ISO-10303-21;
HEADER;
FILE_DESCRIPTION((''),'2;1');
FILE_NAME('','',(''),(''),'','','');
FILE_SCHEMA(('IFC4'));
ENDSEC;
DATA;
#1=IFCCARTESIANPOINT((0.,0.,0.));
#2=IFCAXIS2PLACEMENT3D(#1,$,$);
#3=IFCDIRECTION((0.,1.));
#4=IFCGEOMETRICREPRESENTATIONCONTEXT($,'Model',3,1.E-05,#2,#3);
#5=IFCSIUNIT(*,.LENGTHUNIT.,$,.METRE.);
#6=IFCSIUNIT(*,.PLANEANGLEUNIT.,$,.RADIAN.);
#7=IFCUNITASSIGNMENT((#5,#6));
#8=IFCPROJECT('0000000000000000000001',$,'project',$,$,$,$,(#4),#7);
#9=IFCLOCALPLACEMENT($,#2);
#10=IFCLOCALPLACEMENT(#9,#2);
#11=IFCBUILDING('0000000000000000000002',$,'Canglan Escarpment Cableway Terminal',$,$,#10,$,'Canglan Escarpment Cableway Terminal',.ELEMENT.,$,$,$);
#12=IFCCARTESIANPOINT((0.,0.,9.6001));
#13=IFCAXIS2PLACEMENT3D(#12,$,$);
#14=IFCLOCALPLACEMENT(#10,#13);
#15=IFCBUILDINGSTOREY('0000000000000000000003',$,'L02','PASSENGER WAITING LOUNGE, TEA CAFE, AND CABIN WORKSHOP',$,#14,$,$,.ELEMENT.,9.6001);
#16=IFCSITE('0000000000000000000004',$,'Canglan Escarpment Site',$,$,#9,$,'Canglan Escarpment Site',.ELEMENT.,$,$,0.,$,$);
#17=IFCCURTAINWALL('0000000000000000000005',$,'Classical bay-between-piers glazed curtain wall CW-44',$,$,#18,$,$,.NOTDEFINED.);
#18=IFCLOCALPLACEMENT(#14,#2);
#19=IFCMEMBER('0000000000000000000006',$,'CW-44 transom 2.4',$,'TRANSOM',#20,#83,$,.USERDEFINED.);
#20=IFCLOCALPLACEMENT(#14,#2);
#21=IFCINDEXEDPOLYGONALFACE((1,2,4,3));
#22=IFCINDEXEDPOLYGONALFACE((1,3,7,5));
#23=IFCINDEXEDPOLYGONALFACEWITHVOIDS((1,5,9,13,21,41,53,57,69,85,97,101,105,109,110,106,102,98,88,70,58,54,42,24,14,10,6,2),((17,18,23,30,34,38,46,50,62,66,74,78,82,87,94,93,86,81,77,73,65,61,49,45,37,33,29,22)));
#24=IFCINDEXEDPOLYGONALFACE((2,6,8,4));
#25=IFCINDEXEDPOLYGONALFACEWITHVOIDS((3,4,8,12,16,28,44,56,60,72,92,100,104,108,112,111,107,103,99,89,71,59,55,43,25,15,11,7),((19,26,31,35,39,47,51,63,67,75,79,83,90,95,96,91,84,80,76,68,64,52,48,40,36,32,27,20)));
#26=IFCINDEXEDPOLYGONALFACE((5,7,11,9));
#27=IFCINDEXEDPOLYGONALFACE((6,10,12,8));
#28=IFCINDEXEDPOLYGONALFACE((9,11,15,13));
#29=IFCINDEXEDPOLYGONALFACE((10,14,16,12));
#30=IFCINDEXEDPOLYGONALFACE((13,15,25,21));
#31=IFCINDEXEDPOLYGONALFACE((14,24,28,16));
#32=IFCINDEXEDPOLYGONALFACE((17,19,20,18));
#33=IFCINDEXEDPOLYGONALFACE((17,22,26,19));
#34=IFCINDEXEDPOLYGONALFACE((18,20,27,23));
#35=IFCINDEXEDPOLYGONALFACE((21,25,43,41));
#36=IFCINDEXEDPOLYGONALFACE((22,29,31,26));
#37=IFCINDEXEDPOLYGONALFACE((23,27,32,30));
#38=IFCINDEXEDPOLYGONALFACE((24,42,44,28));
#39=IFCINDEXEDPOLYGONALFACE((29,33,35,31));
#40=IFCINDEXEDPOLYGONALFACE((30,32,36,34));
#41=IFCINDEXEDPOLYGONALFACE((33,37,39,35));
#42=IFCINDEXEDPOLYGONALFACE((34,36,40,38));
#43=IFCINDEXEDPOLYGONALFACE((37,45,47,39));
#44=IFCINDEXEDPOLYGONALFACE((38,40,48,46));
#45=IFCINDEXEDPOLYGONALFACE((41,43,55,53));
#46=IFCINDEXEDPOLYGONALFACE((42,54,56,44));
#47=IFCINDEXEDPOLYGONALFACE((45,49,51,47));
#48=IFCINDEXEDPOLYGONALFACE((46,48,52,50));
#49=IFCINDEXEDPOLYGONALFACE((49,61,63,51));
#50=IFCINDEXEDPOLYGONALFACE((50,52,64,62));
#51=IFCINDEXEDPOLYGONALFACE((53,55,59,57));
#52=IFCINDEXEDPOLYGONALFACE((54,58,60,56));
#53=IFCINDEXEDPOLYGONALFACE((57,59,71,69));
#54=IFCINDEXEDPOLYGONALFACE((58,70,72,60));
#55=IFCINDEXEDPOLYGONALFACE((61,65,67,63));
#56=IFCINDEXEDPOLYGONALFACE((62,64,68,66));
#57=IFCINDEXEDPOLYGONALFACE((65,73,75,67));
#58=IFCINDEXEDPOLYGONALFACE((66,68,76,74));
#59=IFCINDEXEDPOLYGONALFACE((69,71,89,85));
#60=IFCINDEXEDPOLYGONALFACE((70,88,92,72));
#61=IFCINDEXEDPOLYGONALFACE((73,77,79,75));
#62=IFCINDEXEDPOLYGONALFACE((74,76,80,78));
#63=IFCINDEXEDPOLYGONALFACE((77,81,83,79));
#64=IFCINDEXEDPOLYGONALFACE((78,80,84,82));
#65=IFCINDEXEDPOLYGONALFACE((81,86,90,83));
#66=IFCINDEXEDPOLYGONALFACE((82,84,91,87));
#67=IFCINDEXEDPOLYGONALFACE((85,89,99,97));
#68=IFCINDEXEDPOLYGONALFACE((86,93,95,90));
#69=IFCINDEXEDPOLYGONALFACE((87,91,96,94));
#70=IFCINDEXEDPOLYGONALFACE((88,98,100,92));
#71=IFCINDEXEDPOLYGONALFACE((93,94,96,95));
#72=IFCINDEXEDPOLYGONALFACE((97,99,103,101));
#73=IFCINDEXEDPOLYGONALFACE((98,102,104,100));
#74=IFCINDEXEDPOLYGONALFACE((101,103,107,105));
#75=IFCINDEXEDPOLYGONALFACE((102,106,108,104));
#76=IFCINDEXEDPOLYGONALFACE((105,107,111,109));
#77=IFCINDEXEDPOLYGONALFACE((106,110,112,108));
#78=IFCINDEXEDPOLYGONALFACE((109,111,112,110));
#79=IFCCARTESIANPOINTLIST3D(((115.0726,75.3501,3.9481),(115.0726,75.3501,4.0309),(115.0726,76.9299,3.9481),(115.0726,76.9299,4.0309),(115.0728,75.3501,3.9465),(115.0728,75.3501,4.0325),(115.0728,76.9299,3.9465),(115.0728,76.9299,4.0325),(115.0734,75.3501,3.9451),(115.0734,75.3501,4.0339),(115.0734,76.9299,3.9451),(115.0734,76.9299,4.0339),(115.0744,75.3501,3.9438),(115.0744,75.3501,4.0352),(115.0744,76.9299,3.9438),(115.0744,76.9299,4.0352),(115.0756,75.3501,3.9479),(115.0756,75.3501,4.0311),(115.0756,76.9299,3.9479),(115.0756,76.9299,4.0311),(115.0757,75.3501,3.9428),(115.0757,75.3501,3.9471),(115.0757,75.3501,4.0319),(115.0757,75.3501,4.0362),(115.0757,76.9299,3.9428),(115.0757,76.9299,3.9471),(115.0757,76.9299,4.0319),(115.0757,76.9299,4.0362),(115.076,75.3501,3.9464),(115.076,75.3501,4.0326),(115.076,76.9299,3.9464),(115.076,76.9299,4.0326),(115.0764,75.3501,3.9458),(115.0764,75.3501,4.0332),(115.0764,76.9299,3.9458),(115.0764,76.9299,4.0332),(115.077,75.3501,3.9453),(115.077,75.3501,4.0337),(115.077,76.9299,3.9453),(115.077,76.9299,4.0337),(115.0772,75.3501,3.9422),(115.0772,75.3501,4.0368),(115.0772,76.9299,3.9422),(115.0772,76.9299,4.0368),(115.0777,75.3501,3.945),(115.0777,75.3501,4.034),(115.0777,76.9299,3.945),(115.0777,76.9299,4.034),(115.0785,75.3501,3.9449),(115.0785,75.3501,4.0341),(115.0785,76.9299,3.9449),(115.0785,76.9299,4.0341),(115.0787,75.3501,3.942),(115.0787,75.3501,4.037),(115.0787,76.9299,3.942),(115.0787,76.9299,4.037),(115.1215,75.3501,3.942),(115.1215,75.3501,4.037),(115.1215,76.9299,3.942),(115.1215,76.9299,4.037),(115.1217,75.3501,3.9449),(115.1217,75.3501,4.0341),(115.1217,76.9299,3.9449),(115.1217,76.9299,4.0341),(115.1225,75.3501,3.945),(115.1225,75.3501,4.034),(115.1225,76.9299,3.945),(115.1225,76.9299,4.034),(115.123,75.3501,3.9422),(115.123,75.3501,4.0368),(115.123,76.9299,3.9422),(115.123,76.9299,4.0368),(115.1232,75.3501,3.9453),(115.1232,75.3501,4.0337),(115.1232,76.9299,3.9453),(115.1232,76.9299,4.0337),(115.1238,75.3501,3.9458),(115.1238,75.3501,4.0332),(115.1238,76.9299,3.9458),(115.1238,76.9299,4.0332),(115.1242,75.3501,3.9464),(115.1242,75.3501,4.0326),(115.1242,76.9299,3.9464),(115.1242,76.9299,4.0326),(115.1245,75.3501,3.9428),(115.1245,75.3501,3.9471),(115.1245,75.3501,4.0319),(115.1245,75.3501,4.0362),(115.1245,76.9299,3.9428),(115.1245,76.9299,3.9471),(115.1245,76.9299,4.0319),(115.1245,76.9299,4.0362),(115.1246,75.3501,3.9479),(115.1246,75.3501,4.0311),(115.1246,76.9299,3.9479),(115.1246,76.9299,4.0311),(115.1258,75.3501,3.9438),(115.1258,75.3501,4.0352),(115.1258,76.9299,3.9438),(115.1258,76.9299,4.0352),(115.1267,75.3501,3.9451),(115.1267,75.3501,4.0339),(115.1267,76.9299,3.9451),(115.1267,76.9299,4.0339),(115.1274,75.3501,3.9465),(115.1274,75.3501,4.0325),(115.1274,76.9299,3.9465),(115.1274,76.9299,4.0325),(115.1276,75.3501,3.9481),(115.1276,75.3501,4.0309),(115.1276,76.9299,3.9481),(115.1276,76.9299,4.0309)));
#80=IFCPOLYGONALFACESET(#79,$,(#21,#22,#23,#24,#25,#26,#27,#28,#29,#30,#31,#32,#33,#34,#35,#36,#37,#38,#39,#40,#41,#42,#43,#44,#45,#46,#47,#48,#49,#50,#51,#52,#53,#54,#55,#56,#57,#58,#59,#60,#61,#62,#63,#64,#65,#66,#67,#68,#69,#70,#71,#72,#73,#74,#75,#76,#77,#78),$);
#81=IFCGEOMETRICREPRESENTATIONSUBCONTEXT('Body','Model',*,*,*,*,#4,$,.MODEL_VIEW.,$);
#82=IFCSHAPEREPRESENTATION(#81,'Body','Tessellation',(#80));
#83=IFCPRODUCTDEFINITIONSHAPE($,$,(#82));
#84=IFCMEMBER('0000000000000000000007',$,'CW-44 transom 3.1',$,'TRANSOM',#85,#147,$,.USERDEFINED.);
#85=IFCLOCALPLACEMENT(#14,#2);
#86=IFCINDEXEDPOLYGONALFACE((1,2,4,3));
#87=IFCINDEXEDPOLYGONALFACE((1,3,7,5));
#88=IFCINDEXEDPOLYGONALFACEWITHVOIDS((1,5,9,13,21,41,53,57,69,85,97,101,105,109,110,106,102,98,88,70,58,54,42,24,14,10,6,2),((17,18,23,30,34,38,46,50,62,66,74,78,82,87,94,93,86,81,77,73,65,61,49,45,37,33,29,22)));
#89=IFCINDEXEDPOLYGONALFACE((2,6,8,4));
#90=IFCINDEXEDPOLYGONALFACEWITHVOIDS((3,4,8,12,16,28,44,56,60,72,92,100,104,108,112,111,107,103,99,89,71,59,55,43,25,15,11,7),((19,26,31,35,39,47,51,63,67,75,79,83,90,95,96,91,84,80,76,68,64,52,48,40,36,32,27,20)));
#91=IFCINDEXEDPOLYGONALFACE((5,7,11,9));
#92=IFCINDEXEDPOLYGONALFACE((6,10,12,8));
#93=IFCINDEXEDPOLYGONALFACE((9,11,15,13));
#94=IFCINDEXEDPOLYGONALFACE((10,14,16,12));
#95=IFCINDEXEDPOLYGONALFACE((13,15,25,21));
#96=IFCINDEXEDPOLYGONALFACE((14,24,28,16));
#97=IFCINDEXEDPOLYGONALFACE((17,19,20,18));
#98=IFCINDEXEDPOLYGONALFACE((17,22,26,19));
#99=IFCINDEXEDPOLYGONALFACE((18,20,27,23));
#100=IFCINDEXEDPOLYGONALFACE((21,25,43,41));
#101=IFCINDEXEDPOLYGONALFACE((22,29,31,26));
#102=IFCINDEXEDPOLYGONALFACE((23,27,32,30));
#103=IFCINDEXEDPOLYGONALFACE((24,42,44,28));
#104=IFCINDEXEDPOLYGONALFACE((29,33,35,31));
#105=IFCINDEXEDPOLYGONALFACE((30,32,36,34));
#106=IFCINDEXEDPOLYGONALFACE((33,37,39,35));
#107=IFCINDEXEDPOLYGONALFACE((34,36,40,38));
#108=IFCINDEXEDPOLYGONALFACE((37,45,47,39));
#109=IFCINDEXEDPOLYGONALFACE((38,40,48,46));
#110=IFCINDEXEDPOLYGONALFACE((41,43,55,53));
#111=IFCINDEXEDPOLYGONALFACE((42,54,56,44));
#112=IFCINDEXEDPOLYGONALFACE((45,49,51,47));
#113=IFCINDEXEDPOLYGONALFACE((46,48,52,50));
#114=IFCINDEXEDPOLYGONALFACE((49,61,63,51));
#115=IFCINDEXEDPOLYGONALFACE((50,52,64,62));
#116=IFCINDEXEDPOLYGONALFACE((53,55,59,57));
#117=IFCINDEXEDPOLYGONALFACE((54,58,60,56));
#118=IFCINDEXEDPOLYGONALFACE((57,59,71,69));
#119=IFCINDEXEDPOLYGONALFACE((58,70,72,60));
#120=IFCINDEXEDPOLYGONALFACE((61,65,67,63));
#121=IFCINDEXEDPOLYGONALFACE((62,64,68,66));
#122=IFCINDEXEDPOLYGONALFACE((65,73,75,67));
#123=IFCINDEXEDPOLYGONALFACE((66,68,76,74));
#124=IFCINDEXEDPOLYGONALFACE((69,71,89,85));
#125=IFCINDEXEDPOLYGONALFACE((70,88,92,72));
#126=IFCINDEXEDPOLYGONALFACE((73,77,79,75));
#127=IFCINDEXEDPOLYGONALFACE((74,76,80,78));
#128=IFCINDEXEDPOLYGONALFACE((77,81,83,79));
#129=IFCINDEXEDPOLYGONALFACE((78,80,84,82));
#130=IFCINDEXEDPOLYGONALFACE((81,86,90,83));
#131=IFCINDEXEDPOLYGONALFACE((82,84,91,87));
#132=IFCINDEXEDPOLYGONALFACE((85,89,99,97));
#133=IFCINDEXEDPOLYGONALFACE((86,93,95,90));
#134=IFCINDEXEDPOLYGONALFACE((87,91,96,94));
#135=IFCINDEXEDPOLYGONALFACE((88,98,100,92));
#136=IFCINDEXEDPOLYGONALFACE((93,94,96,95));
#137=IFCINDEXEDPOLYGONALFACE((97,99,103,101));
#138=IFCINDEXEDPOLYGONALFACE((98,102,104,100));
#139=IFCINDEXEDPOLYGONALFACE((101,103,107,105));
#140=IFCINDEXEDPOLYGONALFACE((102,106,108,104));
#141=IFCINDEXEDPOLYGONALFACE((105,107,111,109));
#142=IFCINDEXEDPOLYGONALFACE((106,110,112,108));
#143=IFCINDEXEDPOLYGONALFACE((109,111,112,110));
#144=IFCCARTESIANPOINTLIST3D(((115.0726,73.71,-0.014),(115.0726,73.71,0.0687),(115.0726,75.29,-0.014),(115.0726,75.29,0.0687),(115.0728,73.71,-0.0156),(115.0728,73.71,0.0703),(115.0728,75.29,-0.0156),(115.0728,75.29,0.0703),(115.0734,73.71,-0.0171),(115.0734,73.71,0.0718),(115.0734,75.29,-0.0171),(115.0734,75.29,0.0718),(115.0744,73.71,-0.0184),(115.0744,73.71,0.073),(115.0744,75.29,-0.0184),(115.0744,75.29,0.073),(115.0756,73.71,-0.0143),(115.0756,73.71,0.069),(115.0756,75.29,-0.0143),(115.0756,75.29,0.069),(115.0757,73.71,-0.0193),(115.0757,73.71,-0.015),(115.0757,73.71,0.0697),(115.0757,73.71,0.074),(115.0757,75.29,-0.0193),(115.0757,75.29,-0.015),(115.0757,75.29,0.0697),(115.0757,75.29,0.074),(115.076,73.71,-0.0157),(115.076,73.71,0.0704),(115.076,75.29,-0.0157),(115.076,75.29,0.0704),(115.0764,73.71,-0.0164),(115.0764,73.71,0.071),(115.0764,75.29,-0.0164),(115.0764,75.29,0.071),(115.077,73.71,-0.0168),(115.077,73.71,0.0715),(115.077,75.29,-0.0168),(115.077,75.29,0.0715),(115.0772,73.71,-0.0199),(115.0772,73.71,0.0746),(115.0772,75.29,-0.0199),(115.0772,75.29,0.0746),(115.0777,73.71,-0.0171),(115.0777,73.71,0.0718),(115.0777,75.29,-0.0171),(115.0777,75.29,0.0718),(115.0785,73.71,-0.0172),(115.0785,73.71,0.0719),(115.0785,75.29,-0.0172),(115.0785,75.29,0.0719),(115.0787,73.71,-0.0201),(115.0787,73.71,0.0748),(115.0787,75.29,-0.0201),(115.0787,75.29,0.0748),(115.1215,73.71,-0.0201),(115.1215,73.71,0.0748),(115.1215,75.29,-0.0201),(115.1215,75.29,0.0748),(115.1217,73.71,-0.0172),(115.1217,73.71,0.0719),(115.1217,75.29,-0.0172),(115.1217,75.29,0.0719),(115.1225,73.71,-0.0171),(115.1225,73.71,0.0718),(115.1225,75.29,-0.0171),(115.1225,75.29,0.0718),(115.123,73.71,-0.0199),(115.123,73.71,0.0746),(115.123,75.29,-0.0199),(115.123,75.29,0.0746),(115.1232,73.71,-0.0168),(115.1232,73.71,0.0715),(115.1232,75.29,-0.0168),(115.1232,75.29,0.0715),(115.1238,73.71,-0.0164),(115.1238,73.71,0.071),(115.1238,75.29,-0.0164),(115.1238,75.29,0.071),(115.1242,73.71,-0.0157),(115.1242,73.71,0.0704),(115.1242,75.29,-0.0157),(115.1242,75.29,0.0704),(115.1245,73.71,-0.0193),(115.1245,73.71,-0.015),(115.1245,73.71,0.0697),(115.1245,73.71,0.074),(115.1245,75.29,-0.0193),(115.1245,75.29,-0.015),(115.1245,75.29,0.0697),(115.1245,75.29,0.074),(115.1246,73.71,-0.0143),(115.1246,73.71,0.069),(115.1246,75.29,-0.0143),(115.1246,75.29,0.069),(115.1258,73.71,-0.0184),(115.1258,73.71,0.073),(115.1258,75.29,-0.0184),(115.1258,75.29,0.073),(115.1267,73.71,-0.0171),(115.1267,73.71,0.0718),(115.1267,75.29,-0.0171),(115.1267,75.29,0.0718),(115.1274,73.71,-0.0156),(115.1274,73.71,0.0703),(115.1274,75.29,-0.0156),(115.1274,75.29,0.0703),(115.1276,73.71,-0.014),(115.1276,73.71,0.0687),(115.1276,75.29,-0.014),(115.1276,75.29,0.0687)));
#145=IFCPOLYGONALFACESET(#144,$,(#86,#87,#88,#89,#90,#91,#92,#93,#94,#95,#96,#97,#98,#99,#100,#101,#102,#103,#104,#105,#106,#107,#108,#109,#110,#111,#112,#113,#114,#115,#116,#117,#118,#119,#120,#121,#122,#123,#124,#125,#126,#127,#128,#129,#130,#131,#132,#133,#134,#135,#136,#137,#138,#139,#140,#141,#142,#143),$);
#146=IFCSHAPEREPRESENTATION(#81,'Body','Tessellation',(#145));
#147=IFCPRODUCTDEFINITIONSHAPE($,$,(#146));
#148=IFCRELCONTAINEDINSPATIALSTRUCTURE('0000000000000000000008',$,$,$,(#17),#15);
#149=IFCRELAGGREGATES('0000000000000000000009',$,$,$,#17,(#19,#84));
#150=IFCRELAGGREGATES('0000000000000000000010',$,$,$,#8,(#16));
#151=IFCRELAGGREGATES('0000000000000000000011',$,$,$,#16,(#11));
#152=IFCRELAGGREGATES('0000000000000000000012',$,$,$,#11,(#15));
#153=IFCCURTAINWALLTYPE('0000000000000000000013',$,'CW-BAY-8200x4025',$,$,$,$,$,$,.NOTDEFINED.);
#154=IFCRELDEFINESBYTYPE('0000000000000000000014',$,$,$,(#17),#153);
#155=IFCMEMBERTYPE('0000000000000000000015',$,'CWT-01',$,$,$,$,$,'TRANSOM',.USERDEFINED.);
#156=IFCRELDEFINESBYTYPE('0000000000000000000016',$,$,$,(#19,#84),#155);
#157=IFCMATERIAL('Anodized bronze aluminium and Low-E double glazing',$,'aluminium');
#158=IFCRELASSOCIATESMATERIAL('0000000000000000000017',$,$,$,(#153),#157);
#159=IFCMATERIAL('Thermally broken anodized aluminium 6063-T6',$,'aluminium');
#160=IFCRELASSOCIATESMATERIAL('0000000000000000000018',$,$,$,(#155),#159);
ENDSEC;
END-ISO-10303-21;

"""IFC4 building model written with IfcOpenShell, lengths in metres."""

from ifc_helpers import new_model, si_unit, direction, frame, origin, origin_2d, place, context, subcontext, project, spatial, hollow_rectangle, extrude, material, material_profile, profile_set, type_object, element, aggregate, save


model = new_model("IFC4")

# Units and contexts
model_context = context("Model", 3, precision=1e-05, world=origin(), true_north=direction((0.0, 1.0)))
body_context = subcontext(model_context, "Body", "Model", "MODEL_VIEW")
ifc_project = project(units=[si_unit("LENGTHUNIT", "METRE"), si_unit("PLANEANGLEUNIT", "RADIAN")], contexts=[model_context])

# Site, building, storey
site_placement = place(None, origin())
site = spatial("IfcSite", under=ifc_project, at=site_placement, Name="Canglan Escarpment Site", LongName="Canglan Escarpment Site", CompositionType="ELEMENT", RefElevation=0.0)
building_placement = place(site_placement, origin())
building = spatial("IfcBuilding", under=site, at=building_placement, Name="Canglan Escarpment Cableway Terminal", LongName="Canglan Escarpment Cableway Terminal", CompositionType="ELEMENT")
storey_placement = place(building_placement, frame((0.0, 0.0, 9.6001)))
storey = spatial("IfcBuildingStorey", under=building, at=storey_placement, Name="L02", Description="PASSENGER WAITING LOUNGE, TEA CAFE, AND CABIN WORKSHOP", CompositionType="ELEMENT", Elevation=9.6001)

# Curtain wall, members
ifc_material_1 = material(Name="Anodized bronze aluminium and Low-E double glazing", Category="aluminium")
curtain_wall_type = type_object("IfcCurtainWallType", Name="CW-BAY-8200x4025", PredefinedType="NOTDEFINED", material=ifc_material_1)
curtain_wall_placement = place(storey_placement, origin())
curtain_wall = element("IfcCurtainWall", 1, at=curtain_wall_placement, inside=storey, type_object=curtain_wall_type, Name="Classical bay-between-piers glazed curtain wall CW-44", PredefinedType="NOTDEFINED")
ifc_material_2 = material(Name="Thermally broken anodized aluminium 6063-T6", Category="aluminium")
ifc_material_profile_1 = material_profile(ifc_material_2, hollow_rectangle(XDim=0.0549, YDim=0.095, WallThickness=0.0029, InnerFilletRadius=0.0029, OuterFilletRadius=0.0061, at=origin_2d()), Name="ALU-TRAN 55x95x3")
ifc_profile_set_1 = profile_set([ifc_material_profile_1], Name="Thermally broken anodized aluminium 6063-T6")
member_type_1 = type_object("IfcMemberType", Name="CWT-01", ElementType="TRANSOM", PredefinedType="USERDEFINED", material=ifc_profile_set_1)
member_1_placement = place(storey_placement, frame((115.1001, 76.9299, 3.9895), z_axis=(0.0, -1.0, 0.0), x_axis=(1.0, 0.0, 0.0)))
member_1 = element("IfcMember", 2, at=member_1_placement, type_object=member_type_1, Name="CW-44 transom 2.4", ObjectType="TRANSOM", PredefinedType="USERDEFINED", context=body_context, shape_type="SweptSolid", body=[
    extrude(hollow_rectangle(XDim=0.0549, YDim=0.095, WallThickness=0.0029, InnerFilletRadius=0.0029, OuterFilletRadius=0.0061, at=origin_2d()), origin(), (0.0, 0.0, 1.0), 1.5798),
])
member_2_placement = place(storey_placement, frame((115.1001, 75.29, 0.0273), z_axis=(0.0, -1.0, 0.0), x_axis=(1.0, 0.0, 0.0)))
member_2 = element("IfcMember", 3, at=member_2_placement, type_object=member_type_1, Name="CW-44 transom 3.1", ObjectType="TRANSOM", PredefinedType="USERDEFINED", context=body_context, shape_type="SweptSolid", body=[
    extrude(hollow_rectangle(XDim=0.0549, YDim=0.095, WallThickness=0.0029, InnerFilletRadius=0.0029, OuterFilletRadius=0.0061, at=origin_2d()), origin(), (0.0, 0.0, 1.0), 1.5801),
])
aggregate(curtain_wall, [member_1, member_2])

save(model, "model.ifc")
